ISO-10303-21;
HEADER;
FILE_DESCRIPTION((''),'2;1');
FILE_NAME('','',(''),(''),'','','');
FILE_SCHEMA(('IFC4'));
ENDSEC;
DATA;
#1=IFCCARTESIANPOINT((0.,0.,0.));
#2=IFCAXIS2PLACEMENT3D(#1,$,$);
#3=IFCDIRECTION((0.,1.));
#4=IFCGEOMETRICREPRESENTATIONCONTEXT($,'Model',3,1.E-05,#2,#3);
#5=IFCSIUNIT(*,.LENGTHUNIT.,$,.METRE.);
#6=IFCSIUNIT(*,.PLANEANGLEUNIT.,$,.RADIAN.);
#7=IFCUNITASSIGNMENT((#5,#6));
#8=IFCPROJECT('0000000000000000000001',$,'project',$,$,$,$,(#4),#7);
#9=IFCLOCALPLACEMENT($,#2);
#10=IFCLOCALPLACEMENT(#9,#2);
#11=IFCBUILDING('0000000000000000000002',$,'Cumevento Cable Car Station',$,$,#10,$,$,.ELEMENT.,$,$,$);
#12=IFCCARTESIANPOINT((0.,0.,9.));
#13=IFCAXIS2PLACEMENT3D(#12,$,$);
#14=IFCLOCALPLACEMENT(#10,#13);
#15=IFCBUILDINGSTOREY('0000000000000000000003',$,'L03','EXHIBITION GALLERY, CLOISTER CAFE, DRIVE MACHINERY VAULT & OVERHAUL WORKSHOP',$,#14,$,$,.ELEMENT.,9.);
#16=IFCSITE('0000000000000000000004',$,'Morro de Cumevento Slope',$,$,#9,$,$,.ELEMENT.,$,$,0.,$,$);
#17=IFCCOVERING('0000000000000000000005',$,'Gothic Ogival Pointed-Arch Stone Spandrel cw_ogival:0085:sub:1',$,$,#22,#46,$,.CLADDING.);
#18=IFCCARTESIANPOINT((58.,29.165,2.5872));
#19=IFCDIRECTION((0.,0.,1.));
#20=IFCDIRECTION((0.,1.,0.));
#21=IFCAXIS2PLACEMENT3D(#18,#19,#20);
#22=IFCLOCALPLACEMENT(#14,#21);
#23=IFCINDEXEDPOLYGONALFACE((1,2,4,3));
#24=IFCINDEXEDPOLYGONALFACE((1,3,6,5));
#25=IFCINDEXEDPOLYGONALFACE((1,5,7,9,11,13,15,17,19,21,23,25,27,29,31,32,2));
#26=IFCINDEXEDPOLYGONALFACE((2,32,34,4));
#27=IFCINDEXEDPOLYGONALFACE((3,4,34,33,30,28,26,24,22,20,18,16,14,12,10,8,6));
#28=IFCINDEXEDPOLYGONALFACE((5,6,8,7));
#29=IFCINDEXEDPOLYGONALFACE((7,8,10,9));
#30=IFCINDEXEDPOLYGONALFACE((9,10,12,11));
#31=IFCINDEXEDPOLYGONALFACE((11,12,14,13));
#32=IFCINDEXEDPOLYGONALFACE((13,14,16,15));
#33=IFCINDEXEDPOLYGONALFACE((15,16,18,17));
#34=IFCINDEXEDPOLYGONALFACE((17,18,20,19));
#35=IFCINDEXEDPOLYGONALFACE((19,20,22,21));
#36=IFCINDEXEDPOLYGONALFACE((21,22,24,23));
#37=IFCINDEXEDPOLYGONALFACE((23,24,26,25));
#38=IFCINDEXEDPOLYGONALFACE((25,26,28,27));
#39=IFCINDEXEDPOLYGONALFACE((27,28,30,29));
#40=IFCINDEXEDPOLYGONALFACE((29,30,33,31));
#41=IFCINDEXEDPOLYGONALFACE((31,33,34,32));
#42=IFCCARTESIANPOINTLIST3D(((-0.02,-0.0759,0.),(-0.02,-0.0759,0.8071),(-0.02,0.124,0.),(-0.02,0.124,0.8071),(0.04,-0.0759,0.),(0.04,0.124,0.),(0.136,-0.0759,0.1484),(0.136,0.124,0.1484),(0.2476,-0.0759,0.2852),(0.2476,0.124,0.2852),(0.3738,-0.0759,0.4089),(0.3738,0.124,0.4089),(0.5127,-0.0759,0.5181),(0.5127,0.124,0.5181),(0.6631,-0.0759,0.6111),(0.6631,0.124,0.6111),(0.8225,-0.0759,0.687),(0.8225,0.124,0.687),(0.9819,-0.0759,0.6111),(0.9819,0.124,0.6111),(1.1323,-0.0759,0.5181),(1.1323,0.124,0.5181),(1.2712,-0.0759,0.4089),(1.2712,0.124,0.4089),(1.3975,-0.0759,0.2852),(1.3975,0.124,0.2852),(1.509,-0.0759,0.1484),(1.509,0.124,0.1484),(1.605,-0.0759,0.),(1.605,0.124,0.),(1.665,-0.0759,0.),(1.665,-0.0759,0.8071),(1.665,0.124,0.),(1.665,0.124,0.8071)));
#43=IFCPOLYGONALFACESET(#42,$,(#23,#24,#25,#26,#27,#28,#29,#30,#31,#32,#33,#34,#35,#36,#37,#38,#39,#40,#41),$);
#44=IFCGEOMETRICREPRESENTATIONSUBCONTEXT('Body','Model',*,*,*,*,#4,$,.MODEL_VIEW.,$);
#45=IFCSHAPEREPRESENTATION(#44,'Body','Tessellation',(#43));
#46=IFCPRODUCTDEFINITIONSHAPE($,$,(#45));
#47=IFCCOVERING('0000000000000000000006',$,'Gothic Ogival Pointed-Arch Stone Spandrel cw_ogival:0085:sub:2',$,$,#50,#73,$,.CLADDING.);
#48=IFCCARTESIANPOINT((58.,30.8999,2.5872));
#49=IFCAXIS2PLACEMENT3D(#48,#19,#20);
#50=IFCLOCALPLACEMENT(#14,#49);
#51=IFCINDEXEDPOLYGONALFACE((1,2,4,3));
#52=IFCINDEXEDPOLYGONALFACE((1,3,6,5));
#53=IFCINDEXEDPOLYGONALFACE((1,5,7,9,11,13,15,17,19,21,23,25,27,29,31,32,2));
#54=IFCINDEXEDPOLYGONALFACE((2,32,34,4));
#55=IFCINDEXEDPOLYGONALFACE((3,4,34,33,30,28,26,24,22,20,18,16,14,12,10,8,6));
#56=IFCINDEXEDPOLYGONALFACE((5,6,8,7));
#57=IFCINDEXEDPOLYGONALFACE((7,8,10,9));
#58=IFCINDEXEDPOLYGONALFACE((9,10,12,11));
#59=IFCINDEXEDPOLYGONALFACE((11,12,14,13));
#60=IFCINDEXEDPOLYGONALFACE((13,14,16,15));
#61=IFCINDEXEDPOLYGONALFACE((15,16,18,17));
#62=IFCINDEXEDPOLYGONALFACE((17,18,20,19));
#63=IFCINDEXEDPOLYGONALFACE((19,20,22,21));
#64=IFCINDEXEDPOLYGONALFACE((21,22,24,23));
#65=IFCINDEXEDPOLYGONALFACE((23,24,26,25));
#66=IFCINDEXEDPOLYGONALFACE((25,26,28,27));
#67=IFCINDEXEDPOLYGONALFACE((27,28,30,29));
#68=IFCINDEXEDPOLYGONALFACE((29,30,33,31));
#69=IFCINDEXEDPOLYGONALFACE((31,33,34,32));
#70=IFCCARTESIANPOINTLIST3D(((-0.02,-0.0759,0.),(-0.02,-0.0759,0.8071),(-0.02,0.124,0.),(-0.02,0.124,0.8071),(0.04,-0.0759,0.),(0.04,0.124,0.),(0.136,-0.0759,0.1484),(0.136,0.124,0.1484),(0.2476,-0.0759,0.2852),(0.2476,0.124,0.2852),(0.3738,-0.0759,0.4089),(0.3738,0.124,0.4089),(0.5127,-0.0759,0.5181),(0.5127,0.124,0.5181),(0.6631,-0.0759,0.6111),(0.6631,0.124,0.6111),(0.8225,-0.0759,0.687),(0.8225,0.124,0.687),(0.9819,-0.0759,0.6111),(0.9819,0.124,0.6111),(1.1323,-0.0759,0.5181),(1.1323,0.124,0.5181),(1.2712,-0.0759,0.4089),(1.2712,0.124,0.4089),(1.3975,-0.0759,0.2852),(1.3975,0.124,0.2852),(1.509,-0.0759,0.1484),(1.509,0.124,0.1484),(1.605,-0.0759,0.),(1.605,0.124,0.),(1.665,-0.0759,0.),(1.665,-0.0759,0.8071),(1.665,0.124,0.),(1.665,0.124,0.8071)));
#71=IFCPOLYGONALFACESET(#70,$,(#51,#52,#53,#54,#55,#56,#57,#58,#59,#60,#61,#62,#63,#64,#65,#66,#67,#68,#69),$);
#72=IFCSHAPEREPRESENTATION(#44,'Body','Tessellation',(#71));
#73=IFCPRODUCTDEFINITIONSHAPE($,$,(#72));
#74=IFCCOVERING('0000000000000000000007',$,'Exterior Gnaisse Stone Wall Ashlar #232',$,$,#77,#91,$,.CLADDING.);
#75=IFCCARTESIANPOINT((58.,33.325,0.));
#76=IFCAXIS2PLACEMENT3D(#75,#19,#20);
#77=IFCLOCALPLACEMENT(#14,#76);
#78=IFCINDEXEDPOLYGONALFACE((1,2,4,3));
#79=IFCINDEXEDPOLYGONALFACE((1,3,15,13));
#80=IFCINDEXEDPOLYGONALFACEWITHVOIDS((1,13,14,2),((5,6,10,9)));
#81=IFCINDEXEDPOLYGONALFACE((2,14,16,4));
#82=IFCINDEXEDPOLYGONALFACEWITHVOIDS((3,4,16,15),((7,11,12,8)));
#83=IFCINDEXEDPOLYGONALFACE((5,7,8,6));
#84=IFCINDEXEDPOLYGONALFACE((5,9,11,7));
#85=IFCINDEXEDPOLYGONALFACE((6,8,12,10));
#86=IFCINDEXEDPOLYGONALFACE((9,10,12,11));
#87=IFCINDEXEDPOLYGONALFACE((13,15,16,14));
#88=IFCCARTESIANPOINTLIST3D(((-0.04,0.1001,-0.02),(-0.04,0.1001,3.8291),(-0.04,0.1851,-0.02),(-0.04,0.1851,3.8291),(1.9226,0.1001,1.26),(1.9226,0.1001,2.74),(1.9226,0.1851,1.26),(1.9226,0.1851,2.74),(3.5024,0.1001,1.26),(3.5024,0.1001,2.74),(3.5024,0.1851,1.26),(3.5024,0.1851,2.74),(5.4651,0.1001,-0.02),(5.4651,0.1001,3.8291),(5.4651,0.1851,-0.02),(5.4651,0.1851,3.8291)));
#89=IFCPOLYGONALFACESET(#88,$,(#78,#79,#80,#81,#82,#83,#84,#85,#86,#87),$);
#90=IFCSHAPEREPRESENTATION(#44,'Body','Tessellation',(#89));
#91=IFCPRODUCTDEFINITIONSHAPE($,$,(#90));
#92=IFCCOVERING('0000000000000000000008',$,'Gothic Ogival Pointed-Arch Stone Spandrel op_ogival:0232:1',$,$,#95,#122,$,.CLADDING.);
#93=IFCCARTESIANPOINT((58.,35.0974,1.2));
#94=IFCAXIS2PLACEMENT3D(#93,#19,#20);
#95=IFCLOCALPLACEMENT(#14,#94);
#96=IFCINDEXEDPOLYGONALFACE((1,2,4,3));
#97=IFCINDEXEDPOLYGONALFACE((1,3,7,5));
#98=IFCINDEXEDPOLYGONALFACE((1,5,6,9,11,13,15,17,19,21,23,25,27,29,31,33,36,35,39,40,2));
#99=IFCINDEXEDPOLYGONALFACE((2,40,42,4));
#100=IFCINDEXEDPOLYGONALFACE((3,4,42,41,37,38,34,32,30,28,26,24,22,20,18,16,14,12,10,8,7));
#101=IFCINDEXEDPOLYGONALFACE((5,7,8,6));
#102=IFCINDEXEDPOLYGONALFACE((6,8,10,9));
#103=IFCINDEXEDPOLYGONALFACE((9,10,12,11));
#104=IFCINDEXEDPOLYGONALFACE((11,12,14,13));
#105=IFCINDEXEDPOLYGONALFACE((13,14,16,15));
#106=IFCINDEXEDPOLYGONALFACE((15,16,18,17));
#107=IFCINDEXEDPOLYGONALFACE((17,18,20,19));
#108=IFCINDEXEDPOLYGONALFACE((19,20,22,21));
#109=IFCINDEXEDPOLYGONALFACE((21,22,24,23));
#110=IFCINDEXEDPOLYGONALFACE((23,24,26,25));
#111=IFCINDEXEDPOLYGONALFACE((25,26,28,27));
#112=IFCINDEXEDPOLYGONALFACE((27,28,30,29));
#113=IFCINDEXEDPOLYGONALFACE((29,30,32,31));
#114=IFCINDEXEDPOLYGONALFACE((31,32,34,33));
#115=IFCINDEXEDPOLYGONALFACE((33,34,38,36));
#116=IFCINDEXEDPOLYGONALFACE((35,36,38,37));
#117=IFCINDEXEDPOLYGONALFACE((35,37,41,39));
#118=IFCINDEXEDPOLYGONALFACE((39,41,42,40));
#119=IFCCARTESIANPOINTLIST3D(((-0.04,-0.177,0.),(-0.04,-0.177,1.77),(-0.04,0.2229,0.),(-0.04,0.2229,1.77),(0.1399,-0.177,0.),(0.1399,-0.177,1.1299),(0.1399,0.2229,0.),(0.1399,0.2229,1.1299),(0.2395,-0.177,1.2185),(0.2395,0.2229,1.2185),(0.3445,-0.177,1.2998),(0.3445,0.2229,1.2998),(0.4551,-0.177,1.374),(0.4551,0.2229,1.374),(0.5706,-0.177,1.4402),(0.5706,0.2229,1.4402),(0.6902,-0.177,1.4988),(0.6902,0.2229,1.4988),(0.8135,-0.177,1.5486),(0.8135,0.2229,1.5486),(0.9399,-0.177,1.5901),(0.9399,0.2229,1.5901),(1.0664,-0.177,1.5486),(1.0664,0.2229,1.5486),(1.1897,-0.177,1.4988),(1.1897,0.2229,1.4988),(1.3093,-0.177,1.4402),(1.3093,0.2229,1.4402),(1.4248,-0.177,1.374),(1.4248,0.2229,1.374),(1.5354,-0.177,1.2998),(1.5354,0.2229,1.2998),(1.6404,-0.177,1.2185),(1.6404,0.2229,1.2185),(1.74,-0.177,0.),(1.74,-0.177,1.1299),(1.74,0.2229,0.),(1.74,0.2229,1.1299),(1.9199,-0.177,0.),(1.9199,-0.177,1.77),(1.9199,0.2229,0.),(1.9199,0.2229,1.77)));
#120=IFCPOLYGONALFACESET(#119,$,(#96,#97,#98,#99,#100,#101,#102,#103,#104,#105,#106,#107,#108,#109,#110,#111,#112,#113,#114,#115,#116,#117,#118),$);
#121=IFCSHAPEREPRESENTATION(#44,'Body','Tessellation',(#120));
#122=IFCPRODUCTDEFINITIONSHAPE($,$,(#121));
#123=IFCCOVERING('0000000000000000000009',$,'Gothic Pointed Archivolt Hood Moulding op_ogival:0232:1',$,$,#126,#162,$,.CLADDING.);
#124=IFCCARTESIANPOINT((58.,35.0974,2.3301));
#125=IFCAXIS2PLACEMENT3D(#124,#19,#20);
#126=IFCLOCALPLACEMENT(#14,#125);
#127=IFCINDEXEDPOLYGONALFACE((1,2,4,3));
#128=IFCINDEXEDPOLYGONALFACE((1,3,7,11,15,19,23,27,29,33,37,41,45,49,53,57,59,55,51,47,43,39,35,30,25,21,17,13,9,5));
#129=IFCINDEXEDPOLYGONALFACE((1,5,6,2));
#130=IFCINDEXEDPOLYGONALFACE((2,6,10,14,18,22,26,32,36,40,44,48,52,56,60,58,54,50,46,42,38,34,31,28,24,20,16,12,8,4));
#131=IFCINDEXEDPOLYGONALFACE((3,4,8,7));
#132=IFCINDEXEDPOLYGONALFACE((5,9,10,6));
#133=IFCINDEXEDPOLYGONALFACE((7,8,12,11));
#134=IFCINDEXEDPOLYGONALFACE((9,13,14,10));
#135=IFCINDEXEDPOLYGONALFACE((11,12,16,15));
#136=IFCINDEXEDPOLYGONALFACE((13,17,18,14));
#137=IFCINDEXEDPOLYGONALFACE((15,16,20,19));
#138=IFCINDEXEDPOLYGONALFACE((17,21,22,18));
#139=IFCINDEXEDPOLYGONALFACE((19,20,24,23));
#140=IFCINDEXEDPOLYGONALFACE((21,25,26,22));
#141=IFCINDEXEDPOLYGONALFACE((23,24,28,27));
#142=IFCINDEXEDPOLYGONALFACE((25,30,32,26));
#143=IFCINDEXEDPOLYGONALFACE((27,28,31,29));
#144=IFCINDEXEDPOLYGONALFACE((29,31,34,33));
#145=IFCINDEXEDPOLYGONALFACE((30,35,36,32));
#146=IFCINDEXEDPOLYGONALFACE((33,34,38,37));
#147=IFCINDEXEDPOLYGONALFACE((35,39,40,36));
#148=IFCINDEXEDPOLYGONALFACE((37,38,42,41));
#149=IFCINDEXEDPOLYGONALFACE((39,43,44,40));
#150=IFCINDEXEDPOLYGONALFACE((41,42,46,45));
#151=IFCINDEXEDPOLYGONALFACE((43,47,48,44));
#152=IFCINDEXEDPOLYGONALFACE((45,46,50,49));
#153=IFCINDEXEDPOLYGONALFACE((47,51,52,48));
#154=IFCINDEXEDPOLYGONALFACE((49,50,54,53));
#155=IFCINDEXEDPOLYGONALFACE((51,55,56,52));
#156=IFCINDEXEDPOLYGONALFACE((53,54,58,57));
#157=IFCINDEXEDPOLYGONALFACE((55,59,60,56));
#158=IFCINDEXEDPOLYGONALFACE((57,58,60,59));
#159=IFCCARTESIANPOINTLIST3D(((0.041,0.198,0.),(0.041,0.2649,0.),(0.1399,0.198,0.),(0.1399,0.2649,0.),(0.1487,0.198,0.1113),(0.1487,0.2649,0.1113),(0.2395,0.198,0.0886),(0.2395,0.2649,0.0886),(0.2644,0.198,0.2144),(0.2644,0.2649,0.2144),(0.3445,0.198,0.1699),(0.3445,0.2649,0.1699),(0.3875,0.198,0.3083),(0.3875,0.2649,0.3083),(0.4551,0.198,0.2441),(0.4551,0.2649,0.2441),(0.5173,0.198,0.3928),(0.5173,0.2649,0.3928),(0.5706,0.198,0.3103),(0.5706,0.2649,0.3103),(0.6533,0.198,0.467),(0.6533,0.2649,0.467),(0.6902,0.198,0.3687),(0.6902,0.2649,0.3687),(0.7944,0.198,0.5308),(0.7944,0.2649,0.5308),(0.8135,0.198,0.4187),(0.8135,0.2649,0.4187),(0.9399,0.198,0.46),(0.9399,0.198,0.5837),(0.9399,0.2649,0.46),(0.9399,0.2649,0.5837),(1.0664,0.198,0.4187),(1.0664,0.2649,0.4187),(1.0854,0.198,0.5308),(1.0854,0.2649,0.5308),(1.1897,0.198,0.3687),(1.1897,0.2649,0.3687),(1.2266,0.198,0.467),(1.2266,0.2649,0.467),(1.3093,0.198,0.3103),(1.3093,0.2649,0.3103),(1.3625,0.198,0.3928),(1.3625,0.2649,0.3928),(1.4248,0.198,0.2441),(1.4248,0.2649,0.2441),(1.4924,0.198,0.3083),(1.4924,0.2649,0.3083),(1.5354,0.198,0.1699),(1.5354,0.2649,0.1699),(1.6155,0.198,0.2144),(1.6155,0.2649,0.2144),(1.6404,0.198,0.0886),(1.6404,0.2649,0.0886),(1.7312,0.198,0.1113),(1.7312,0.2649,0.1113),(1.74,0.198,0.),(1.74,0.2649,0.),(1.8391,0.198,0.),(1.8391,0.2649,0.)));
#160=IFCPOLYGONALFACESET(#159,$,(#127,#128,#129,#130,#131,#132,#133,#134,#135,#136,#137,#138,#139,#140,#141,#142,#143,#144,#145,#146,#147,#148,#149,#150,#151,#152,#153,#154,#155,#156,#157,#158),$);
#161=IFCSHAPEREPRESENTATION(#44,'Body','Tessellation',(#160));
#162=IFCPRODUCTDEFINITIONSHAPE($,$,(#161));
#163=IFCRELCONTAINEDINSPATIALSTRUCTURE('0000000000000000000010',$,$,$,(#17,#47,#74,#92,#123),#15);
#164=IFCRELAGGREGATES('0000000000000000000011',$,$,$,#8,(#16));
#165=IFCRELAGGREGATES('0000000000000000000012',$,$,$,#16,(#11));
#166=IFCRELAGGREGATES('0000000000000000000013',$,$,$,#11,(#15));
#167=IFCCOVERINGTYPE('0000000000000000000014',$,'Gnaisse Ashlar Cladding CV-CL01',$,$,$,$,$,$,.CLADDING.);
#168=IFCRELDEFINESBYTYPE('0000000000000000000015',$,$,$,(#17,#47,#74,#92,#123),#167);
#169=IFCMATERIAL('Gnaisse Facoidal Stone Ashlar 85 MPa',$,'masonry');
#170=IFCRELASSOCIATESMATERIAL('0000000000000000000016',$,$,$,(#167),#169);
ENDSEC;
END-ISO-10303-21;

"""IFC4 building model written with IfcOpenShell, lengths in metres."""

from ifc_helpers import new_model, si_unit, direction, frame, origin, place, context, subcontext, project, spatial, polyline, outline, extrude, material, type_object, element, save


model = new_model("IFC4")

# Units and contexts
model_context = context("Model", 3, precision=1e-05, world=origin(), true_north=direction((0.0, 1.0)))
body_context = subcontext(model_context, "Body", "Model", "MODEL_VIEW")
ifc_project = project(units=[si_unit("LENGTHUNIT", "METRE"), si_unit("PLANEANGLEUNIT", "RADIAN")], contexts=[model_context])

# Site, building, storey
site_placement = place(None, origin())
site = spatial("IfcSite", under=ifc_project, at=site_placement, Name="Morro de Cumevento Slope", CompositionType="ELEMENT", RefElevation=0.0)
building_placement = place(site_placement, origin())
building = spatial("IfcBuilding", under=site, at=building_placement, Name="Cumevento Cable Car Station", CompositionType="ELEMENT")
storey_placement = place(building_placement, frame((0.0, 0.0, 9.0)))
storey = spatial("IfcBuildingStorey", under=building, at=storey_placement, Name="L03", Description="EXHIBITION GALLERY, CLOISTER CAFE, DRIVE MACHINERY VAULT & OVERHAUL WORKSHOP", CompositionType="ELEMENT", Elevation=9.0)

# Coverings
ifc_material_1 = material(Name="Gnaisse Facoidal Stone Ashlar 85 MPa", Category="masonry")
covering_type = type_object("IfcCoveringType", Name="Gnaisse Ashlar Cladding CV-CL01", PredefinedType="CLADDING", material=ifc_material_1)
for number, where, z_axis, x_axis, name in (
    (1, (58.0, 29.165, 2.5872), (0.0, 0.0, 1.0), (0.0, 1.0, 0.0), "Gothic Ogival Pointed-Arch Stone Spandrel cw_ogival:0085:sub:1"),
    (2, (58.0, 30.8999, 2.5872), (0.0, 0.0, 1.0), (0.0, 1.0, 0.0), "Gothic Ogival Pointed-Arch Stone Spandrel cw_ogival:0085:sub:2"),
):
    element("IfcCovering", number, at=place(storey_placement, frame(where, z_axis=z_axis, x_axis=x_axis)), inside=storey, type_object=covering_type, Name=name, PredefinedType="CLADDING", context=body_context, shape_type="SweptSolid", body=[
        extrude(outline(polyline([(-0.02, 0.0), (-0.02, 0.8071), (1.665, 0.8071), (1.665, 0.0), (1.605, 0.0), (1.509, 0.1484), (1.3975, 0.2852), (1.2712, 0.4089), (1.1323, 0.5181), (0.9819, 0.6111), (0.8225, 0.687), (0.6631, 0.6111), (0.5127, 0.5181), (0.3738, 0.4089), (0.2476, 0.2852), (0.136, 0.1484), (0.04, 0.0), (-0.02, 0.0)])), frame((0.0, 0.124, 0.0), z_axis=(0.0, -1.0, 0.0), x_axis=(1.0, 0.0, 0.0)), (0.0, 0.0, 1.0), 0.2),
    ])
covering_1_placement = place(storey_placement, frame((58.0, 33.325, 0.0), z_axis=(0.0, 0.0, 1.0), x_axis=(0.0, 1.0, 0.0)))
element("IfcCovering", 3, at=covering_1_placement, inside=storey, type_object=covering_type, Name="Exterior Gnaisse Stone Wall Ashlar #232", PredefinedType="CLADDING", context=body_context, shape_type="SweptSolid", body=[
    extrude(outline(polyline([(-0.04, -0.02), (5.4651, -0.02), (5.4651, 3.8291), (-0.04, 3.8291), (-0.04, -0.02)]), holes=[polyline([(1.9226, 1.26), (3.5024, 1.26), (3.5024, 2.74), (1.9226, 2.74), (1.9226, 1.26)])]), frame((0.0, 0.1851, 0.0), z_axis=(0.0, -1.0, 0.0), x_axis=(1.0, 0.0, 0.0)), (0.0, 0.0, 1.0), 0.085),
])
covering_2_placement = place(storey_placement, frame((58.0, 35.0974, 1.2), z_axis=(0.0, 0.0, 1.0), x_axis=(0.0, 1.0, 0.0)))
element("IfcCovering", 4, at=covering_2_placement, inside=storey, type_object=covering_type, Name="Gothic Ogival Pointed-Arch Stone Spandrel op_ogival:0232:1", PredefinedType="CLADDING", context=body_context, shape_type="SweptSolid", body=[
    extrude(outline(polyline([(-0.04, 0.0), (-0.04, 1.77), (1.9199, 1.77), (1.9199, 0.0), (1.74, 0.0), (1.74, 1.1299), (1.6404, 1.2185), (1.5354, 1.2998), (1.4248, 1.374), (1.3093, 1.4402), (1.1897, 1.4988), (1.0664, 1.5486), (0.9399, 1.5901), (0.8135, 1.5486), (0.6902, 1.4988), (0.5706, 1.4402), (0.4551, 1.374), (0.3445, 1.2998), (0.2395, 1.2185), (0.1399, 1.1299), (0.1399, 0.0), (-0.04, 0.0)])), frame((0.0, 0.2229, 0.0), z_axis=(0.0, -1.0, 0.0), x_axis=(1.0, 0.0, 0.0)), (0.0, 0.0, 1.0), 0.3999),
])
covering_3_placement = place(storey_placement, frame((58.0, 35.0974, 2.3301), z_axis=(0.0, 0.0, 1.0), x_axis=(0.0, 1.0, 0.0)))
element("IfcCovering", 5, at=covering_3_placement, inside=storey, type_object=covering_type, Name="Gothic Pointed Archivolt Hood Moulding op_ogival:0232:1", PredefinedType="CLADDING", context=body_context, shape_type="SweptSolid", body=[
    extrude(outline(polyline([(0.1399, 0.0), (0.2395, 0.0886), (0.3445, 0.1699), (0.4551, 0.2441), (0.5706, 0.3103), (0.6902, 0.3687), (0.8135, 0.4187), (0.9399, 0.46), (1.0664, 0.4187), (1.1897, 0.3687), (1.3093, 0.3103), (1.4248, 0.2441), (1.5354, 0.1699), (1.6404, 0.0886), (1.74, 0.0), (1.8391, 0.0), (1.7312, 0.1113), (1.6155, 0.2144), (1.4924, 0.3083), (1.3625, 0.3928), (1.2266, 0.467), (1.0854, 0.5308), (0.9399, 0.5837), (0.7944, 0.5308), (0.6533, 0.467), (0.5173, 0.3928), (0.3875, 0.3083), (0.2644, 0.2144), (0.1487, 0.1113), (0.041, 0.0), (0.1399, 0.0)])), frame((0.0, 0.2649, 0.0), z_axis=(0.0, -1.0, 0.0), x_axis=(1.0, 0.0, 0.0)), (0.0, 0.0, 1.0), 0.0669),
])

save(model, "model.ifc")
